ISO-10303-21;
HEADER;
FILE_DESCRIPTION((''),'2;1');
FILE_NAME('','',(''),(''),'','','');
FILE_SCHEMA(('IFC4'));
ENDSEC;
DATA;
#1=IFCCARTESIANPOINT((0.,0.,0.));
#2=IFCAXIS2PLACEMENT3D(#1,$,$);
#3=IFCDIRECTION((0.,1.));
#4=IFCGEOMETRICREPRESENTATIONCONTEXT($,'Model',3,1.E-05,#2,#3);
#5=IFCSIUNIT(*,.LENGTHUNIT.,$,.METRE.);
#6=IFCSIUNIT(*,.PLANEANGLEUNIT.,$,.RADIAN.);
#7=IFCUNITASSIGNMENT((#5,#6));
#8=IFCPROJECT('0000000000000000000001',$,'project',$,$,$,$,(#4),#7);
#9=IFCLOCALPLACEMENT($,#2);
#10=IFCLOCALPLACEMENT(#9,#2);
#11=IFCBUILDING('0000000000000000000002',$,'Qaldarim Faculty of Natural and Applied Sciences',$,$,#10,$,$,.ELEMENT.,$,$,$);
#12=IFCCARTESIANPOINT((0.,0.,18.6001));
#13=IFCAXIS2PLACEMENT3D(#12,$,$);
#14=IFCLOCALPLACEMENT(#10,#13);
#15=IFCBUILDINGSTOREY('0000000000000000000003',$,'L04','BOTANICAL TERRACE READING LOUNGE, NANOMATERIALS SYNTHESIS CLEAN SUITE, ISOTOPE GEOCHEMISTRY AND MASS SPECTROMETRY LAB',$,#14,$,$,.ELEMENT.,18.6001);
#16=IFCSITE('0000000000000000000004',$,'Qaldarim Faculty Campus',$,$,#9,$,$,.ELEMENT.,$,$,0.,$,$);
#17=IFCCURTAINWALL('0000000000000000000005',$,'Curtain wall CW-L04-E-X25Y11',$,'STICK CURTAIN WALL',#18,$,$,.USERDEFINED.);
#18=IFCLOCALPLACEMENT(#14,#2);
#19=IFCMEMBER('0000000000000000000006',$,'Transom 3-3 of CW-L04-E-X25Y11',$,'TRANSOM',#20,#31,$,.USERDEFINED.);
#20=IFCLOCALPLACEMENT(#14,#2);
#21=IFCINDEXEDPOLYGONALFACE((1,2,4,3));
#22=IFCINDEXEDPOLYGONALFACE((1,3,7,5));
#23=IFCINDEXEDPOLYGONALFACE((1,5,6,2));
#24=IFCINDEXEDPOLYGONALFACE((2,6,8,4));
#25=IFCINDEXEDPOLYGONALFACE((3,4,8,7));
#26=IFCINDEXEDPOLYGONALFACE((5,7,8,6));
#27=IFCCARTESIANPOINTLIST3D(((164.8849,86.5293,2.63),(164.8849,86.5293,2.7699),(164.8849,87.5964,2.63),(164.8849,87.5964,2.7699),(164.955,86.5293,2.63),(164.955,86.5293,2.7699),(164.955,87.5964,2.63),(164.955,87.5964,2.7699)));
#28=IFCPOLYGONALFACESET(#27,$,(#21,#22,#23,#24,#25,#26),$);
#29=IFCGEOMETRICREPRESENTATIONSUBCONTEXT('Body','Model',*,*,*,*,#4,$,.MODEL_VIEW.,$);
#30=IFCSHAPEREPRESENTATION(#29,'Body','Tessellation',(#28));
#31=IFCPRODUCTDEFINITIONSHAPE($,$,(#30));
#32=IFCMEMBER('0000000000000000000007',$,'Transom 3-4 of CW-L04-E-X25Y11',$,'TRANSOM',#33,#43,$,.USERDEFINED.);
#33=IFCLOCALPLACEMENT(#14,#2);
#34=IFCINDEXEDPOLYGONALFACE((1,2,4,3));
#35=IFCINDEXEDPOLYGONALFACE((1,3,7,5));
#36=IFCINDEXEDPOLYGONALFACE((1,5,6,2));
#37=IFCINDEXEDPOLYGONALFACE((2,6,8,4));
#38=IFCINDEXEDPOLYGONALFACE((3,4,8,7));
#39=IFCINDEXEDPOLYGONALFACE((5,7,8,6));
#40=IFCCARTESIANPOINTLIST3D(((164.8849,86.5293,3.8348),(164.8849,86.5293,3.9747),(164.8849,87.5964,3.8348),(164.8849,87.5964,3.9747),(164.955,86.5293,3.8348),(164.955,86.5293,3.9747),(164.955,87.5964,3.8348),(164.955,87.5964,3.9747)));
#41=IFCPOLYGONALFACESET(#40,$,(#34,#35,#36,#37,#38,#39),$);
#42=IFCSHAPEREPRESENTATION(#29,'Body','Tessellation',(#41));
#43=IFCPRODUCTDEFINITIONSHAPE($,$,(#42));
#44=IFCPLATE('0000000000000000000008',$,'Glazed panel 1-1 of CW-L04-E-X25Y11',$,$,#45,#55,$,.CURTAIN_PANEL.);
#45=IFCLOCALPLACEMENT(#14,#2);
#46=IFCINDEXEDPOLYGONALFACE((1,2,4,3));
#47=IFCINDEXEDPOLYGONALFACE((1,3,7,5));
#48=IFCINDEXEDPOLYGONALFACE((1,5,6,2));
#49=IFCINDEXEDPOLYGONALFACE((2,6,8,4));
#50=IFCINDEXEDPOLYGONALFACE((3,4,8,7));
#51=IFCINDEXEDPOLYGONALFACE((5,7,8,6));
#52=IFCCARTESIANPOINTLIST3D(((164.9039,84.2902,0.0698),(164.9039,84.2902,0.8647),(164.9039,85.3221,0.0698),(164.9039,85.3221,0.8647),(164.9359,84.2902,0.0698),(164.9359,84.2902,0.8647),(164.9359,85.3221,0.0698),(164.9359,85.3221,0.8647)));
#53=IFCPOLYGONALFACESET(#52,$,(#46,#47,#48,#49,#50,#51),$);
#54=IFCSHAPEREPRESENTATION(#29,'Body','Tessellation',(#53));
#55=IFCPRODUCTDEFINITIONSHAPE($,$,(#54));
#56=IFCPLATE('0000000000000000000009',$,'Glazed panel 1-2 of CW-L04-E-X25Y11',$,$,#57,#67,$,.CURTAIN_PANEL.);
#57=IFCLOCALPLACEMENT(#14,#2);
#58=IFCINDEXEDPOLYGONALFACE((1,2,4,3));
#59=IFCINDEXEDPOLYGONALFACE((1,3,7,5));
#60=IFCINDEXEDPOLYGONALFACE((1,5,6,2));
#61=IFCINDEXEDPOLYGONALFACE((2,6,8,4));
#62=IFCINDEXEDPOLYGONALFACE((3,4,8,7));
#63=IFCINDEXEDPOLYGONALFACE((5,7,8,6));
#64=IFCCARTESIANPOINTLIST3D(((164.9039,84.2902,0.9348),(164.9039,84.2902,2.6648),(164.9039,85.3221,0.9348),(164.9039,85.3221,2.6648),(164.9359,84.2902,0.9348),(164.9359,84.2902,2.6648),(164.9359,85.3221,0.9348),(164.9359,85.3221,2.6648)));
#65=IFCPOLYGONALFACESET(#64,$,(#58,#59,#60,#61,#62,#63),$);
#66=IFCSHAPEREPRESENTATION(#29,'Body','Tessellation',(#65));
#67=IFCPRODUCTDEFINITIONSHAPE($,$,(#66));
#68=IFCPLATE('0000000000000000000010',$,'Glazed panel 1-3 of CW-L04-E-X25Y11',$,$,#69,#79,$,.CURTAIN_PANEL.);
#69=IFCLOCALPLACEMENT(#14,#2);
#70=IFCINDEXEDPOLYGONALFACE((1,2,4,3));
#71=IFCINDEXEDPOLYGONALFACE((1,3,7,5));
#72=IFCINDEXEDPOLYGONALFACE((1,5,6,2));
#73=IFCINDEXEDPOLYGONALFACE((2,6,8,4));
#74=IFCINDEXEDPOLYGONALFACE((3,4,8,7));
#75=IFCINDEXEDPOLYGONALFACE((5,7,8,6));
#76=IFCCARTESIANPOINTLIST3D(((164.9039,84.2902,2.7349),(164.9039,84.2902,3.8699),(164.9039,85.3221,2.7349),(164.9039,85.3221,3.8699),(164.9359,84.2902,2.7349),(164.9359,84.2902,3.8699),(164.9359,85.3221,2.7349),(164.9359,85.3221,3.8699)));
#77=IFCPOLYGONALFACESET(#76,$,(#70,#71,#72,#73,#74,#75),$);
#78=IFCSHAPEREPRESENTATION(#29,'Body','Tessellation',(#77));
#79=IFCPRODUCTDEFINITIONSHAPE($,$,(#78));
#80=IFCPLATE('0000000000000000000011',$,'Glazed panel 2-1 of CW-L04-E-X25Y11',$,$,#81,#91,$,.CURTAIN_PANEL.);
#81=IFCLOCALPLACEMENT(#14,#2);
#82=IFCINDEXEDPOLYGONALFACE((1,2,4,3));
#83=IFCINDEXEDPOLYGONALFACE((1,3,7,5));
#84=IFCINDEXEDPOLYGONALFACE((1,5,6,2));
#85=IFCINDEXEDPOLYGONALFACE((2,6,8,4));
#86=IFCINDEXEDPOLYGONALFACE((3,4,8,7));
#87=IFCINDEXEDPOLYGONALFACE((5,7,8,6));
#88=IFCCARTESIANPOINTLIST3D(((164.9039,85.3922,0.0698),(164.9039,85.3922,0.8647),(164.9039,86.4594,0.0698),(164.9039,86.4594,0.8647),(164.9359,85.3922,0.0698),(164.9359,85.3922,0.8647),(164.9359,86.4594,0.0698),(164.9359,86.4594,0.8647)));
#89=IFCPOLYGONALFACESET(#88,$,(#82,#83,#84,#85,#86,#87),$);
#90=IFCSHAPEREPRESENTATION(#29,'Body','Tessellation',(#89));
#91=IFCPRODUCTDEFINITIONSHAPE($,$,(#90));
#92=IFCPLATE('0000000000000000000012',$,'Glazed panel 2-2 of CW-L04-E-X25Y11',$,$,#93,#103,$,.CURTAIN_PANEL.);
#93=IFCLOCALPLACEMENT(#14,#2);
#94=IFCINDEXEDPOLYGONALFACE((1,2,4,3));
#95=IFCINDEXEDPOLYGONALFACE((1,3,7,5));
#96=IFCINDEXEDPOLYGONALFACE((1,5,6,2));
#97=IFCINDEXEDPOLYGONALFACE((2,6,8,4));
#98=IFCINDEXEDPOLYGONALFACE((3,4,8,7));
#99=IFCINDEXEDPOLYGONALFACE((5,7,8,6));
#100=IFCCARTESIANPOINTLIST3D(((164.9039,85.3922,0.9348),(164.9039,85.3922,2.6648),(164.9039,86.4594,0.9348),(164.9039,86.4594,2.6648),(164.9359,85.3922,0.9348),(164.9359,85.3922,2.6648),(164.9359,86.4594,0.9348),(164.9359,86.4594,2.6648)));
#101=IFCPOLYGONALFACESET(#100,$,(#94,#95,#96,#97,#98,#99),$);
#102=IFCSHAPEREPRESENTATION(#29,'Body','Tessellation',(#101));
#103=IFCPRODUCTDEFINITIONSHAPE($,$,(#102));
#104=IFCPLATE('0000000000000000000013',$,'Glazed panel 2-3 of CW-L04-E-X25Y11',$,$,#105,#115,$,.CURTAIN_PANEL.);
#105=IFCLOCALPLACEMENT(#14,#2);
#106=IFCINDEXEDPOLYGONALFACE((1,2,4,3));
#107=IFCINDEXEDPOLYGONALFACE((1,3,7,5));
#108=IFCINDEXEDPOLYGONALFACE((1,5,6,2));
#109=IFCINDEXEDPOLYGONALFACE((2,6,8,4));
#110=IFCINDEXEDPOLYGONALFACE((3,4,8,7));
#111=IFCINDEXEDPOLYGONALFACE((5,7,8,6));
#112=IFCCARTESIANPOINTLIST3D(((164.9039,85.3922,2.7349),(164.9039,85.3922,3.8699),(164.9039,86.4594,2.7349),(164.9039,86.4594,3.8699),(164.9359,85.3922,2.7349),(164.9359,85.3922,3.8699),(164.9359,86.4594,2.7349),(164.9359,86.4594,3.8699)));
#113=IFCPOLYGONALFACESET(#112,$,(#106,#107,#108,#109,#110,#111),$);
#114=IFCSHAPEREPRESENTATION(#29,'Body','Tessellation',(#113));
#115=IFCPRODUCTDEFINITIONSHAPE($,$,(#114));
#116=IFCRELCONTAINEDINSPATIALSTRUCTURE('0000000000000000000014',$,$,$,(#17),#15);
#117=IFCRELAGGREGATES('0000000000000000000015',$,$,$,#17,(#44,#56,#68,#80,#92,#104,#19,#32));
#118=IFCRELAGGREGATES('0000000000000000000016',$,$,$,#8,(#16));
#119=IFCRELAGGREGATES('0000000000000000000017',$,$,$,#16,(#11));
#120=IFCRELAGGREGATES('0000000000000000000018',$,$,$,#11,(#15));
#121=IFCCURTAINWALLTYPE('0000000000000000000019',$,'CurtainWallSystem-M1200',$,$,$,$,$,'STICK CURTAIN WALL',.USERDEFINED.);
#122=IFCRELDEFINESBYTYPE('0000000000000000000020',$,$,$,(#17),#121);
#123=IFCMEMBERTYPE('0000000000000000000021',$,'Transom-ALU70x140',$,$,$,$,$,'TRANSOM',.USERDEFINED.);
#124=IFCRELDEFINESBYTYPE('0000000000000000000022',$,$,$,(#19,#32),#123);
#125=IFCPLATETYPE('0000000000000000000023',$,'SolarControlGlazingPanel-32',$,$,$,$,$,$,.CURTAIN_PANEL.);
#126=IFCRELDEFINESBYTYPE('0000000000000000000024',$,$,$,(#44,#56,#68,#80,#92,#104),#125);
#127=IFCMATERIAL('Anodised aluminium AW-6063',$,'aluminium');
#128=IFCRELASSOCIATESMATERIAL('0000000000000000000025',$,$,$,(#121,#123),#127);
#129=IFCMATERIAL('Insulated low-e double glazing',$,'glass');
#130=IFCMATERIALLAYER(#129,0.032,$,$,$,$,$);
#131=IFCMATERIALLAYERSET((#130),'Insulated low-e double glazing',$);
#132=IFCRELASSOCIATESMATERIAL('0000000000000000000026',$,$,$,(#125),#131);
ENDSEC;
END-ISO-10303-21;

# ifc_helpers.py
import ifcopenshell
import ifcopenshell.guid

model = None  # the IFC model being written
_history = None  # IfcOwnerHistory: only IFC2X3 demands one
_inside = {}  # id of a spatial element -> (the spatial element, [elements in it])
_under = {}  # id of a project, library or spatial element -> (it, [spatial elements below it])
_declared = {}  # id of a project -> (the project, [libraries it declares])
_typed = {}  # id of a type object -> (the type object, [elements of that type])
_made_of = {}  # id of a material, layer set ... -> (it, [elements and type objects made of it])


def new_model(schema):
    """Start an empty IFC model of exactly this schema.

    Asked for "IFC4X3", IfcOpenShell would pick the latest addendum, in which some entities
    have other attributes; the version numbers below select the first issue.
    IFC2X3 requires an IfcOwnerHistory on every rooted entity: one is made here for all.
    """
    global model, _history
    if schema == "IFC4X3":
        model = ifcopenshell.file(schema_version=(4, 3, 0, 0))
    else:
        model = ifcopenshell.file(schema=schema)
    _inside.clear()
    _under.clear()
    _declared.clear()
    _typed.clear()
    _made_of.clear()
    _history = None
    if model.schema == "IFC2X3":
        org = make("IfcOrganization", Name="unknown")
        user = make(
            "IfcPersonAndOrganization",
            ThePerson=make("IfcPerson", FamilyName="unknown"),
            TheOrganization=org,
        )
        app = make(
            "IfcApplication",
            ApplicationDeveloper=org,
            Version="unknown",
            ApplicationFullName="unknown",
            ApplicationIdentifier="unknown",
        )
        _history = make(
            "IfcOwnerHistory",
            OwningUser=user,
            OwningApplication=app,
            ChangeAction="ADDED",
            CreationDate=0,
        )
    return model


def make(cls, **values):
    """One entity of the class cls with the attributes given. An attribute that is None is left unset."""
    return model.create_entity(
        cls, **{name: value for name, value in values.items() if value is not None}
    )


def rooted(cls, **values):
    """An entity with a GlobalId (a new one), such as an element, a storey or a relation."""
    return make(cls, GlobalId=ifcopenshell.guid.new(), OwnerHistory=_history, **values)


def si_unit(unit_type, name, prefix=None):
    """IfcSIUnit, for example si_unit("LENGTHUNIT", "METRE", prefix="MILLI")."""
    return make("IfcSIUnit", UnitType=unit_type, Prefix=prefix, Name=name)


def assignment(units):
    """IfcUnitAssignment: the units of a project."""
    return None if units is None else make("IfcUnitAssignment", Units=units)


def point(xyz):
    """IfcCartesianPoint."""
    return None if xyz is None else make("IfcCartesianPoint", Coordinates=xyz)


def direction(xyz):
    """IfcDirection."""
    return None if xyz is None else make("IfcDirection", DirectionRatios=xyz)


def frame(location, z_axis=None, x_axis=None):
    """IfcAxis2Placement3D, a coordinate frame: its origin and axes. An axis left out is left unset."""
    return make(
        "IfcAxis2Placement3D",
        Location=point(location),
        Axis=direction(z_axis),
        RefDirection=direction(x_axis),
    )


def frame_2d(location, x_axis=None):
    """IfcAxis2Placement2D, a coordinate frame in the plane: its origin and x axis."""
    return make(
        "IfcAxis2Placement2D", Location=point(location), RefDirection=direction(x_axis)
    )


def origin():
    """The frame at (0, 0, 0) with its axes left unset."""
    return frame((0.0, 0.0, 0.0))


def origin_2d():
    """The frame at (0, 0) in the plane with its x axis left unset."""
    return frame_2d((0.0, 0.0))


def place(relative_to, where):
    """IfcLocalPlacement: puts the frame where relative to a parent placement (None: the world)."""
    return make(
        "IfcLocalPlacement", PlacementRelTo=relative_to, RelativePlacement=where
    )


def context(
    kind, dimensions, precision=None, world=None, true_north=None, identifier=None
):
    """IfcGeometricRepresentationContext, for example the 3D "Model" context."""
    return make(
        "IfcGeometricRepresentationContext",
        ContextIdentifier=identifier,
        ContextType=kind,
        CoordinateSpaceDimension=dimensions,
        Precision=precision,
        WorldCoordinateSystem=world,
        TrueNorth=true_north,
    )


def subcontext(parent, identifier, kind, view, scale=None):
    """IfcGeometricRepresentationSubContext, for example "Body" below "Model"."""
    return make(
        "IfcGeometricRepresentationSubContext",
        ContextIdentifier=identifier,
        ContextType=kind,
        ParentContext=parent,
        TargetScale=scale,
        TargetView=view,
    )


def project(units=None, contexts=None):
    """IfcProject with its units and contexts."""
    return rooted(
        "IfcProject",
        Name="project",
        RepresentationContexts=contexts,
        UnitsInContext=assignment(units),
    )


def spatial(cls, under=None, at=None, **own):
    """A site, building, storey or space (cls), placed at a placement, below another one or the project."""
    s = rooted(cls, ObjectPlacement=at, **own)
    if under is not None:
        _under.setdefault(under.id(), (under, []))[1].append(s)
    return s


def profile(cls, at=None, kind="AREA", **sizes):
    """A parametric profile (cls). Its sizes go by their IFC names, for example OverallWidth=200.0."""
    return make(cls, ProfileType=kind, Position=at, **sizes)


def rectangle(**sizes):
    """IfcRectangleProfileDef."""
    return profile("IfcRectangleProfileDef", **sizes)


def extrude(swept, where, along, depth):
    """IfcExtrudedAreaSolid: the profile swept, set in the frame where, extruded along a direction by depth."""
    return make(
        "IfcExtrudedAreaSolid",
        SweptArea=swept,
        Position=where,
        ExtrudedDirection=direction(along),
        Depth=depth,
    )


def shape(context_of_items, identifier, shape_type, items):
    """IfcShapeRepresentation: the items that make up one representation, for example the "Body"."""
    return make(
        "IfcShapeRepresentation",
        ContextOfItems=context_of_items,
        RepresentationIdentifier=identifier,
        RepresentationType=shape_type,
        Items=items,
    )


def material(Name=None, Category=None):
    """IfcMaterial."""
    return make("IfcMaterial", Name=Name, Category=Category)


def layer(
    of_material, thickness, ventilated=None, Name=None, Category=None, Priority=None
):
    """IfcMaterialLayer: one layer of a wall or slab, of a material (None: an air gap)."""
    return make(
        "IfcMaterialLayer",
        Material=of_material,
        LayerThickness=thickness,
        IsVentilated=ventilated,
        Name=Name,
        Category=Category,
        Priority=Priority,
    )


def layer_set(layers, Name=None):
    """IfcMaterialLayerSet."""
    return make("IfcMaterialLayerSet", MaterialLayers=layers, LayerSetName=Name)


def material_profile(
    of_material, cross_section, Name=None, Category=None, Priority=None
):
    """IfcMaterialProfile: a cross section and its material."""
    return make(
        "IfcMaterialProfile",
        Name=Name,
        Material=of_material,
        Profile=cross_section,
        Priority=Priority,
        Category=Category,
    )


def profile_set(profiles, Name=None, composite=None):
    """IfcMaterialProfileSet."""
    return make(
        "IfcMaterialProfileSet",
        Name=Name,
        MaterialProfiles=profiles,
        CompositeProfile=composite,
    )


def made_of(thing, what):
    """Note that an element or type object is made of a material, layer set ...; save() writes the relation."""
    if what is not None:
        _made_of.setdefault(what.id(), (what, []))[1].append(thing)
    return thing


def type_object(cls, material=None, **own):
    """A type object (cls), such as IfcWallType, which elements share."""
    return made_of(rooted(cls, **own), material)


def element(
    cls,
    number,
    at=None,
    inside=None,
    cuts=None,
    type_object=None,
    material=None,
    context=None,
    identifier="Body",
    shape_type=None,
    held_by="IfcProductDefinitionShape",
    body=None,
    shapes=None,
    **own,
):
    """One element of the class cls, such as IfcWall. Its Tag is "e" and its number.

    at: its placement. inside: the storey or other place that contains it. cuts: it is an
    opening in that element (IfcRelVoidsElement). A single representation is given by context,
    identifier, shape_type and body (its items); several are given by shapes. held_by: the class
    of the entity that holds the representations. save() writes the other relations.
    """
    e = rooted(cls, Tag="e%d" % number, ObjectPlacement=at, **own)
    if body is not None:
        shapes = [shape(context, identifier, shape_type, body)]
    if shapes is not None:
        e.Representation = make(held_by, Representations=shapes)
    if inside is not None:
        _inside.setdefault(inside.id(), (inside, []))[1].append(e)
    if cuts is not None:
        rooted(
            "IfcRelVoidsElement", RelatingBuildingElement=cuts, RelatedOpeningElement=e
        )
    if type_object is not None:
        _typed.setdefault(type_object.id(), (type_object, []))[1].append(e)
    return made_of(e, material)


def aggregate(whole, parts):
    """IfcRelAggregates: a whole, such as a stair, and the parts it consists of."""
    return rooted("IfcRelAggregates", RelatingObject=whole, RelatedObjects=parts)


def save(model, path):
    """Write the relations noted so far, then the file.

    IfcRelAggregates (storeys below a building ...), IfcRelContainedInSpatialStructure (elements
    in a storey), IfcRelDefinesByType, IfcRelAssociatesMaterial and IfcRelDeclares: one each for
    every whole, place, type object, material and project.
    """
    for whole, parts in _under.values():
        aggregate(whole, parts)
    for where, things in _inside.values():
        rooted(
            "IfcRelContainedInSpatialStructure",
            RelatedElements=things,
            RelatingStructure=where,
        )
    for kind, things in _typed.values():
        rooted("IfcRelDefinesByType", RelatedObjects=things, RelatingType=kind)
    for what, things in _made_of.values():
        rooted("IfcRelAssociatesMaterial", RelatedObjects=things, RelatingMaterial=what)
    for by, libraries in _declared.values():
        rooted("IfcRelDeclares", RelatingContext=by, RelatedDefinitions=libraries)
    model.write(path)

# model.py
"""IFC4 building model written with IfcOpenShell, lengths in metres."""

from ifc_helpers import new_model, si_unit, direction, frame, origin, origin_2d, place, context, subcontext, project, spatial, rectangle, extrude, material, layer, layer_set, material_profile, profile_set, type_object, element, aggregate, save


model = new_model("IFC4")

# Units and contexts
model_context = context("Model", 3, precision=1e-05, world=origin(), true_north=direction((0.0, 1.0)))
body_context = subcontext(model_context, "Body", "Model", "MODEL_VIEW")
ifc_project = project(units=[si_unit("LENGTHUNIT", "METRE"), si_unit("PLANEANGLEUNIT", "RADIAN")], contexts=[model_context])

# Site, building, storey
site_placement = place(None, origin())
site = spatial("IfcSite", under=ifc_project, at=site_placement, Name="Qaldarim Faculty Campus", CompositionType="ELEMENT", RefElevation=0.0)
building_placement = place(site_placement, origin())
building = spatial("IfcBuilding", under=site, at=building_placement, Name="Qaldarim Faculty of Natural and Applied Sciences", CompositionType="ELEMENT")
storey_placement = place(building_placement, frame((0.0, 0.0, 18.6001)))
storey = spatial("IfcBuildingStorey", under=building, at=storey_placement, Name="L04", Description="BOTANICAL TERRACE READING LOUNGE, NANOMATERIALS SYNTHESIS CLEAN SUITE, ISOTOPE GEOCHEMISTRY AND MASS SPECTROMETRY LAB", CompositionType="ELEMENT", Elevation=18.6001)

# Curtain wall
ifc_material_1 = material(Name="Anodised aluminium AW-6063", Category="aluminium")
curtain_wall_type = type_object("IfcCurtainWallType", Name="CurtainWallSystem-M1200", ElementType="STICK CURTAIN WALL", PredefinedType="USERDEFINED", material=ifc_material_1)
curtain_wall_placement = place(storey_placement, origin())
curtain_wall = element("IfcCurtainWall", 1, at=curtain_wall_placement, inside=storey, type_object=curtain_wall_type, Name="Curtain wall CW-L04-E-X25Y11", ObjectType="STICK CURTAIN WALL", PredefinedType="USERDEFINED")

# Members
ifc_material_profile_1 = material_profile(ifc_material_1, rectangle(XDim=0.0701, YDim=0.1399, at=origin_2d()), Name="ALU-T70x140")
ifc_profile_set_1 = profile_set([ifc_material_profile_1], Name="Anodised aluminium AW-6063")
member_type_1 = type_object("IfcMemberType", Name="Transom-ALU70x140", ElementType="TRANSOM", PredefinedType="USERDEFINED", material=ifc_profile_set_1)
member_1_placement = place(storey_placement, frame((164.9199, 86.5293, 2.7), z_axis=(0.0, 1.0, 0.0), x_axis=(-1.0, 0.0, 0.0)))
member_1 = element("IfcMember", 2, at=member_1_placement, type_object=member_type_1, Name="Transom 3-3 of CW-L04-E-X25Y11", ObjectType="TRANSOM", PredefinedType="USERDEFINED", context=body_context, shape_type="SweptSolid", body=[
    extrude(rectangle(XDim=0.0701, YDim=0.1399, at=origin_2d()), origin(), (0.0, 0.0, 1.0), 1.0671),
])
member_2_placement = place(storey_placement, frame((164.9199, 86.5293, 3.9048), z_axis=(0.0, 1.0, 0.0), x_axis=(-1.0, 0.0, 0.0)))
member_2 = element("IfcMember", 3, at=member_2_placement, type_object=member_type_1, Name="Transom 3-4 of CW-L04-E-X25Y11", ObjectType="TRANSOM", PredefinedType="USERDEFINED", context=body_context, shape_type="SweptSolid", body=[
    extrude(rectangle(XDim=0.0701, YDim=0.1399, at=origin_2d()), origin(), (0.0, 0.0, 1.0), 1.0671),
])

# Plates
ifc_material_2 = material(Name="Insulated low-e double glazing", Category="glass")
ifc_layer = layer(ifc_material_2, 0.032)
ifc_layer_set = layer_set([ifc_layer], Name="Insulated low-e double glazing")
plate_type = type_object("IfcPlateType", Name="SolarControlGlazingPanel-32", PredefinedType="CURTAIN_PANEL", material=ifc_layer_set)
plate_1_placement = place(storey_placement, frame((164.9199, 84.8062, 0.0698), z_axis=(0.0, 0.0, 1.0), x_axis=(0.0, 1.0, 0.0)))
plate_1 = element("IfcPlate", 4, at=plate_1_placement, type_object=plate_type, Name="Glazed panel 1-1 of CW-L04-E-X25Y11", PredefinedType="CURTAIN_PANEL", context=body_context, shape_type="SweptSolid", body=[
    extrude(rectangle(XDim=1.032, YDim=0.032, at=origin_2d()), origin(), (0.0, 0.0, 1.0), 0.7949),
])
plate_2_placement = place(storey_placement, frame((164.9199, 84.8062, 0.9348), z_axis=(0.0, 0.0, 1.0), x_axis=(0.0, 1.0, 0.0)))
plate_2 = element("IfcPlate", 5, at=plate_2_placement, type_object=plate_type, Name="Glazed panel 1-2 of CW-L04-E-X25Y11", PredefinedType="CURTAIN_PANEL", context=body_context, shape_type="SweptSolid", body=[
    extrude(rectangle(XDim=1.032, YDim=0.032, at=origin_2d()), origin(), (0.0, 0.0, 1.0), 1.73),
])
plate_3_placement = place(storey_placement, frame((164.9199, 84.8062, 2.7349), z_axis=(0.0, 0.0, 1.0), x_axis=(0.0, 1.0, 0.0)))
plate_3 = element("IfcPlate", 6, at=plate_3_placement, type_object=plate_type, Name="Glazed panel 1-3 of CW-L04-E-X25Y11", PredefinedType="CURTAIN_PANEL", context=body_context, shape_type="SweptSolid", body=[
    extrude(rectangle(XDim=1.032, YDim=0.032, at=origin_2d()), origin(), (0.0, 0.0, 1.0), 1.135),
])
plate_4_placement = place(storey_placement, frame((164.9199, 85.9258, 0.0698), z_axis=(0.0, 0.0, 1.0), x_axis=(0.0, 1.0, 0.0)))
plate_4 = element("IfcPlate", 7, at=plate_4_placement, type_object=plate_type, Name="Glazed panel 2-1 of CW-L04-E-X25Y11", PredefinedType="CURTAIN_PANEL", context=body_context, shape_type="SweptSolid", body=[
    extrude(rectangle(XDim=1.0671, YDim=0.032, at=origin_2d()), origin(), (0.0, 0.0, 1.0), 0.7949),
])
plate_5_placement = place(storey_placement, frame((164.9199, 85.9258, 0.9348), z_axis=(0.0, 0.0, 1.0), x_axis=(0.0, 1.0, 0.0)))
plate_5 = element("IfcPlate", 8, at=plate_5_placement, type_object=plate_type, Name="Glazed panel 2-2 of CW-L04-E-X25Y11", PredefinedType="CURTAIN_PANEL", context=body_context, shape_type="SweptSolid", body=[
    extrude(rectangle(XDim=1.0671, YDim=0.032, at=origin_2d()), origin(), (0.0, 0.0, 1.0), 1.73),
])
plate_6_placement = place(storey_placement, frame((164.9199, 85.9258, 2.7349), z_axis=(0.0, 0.0, 1.0), x_axis=(0.0, 1.0, 0.0)))
plate_6 = element("IfcPlate", 9, at=plate_6_placement, type_object=plate_type, Name="Glazed panel 2-3 of CW-L04-E-X25Y11", PredefinedType="CURTAIN_PANEL", context=body_context, shape_type="SweptSolid", body=[
    extrude(rectangle(XDim=1.0671, YDim=0.032, at=origin_2d()), origin(), (0.0, 0.0, 1.0), 1.135),
])
aggregate(curtain_wall, [plate_1, plate_2, plate_3, plate_4, plate_5, plate_6, member_1, member_2])

save(model, "model.ifc")
